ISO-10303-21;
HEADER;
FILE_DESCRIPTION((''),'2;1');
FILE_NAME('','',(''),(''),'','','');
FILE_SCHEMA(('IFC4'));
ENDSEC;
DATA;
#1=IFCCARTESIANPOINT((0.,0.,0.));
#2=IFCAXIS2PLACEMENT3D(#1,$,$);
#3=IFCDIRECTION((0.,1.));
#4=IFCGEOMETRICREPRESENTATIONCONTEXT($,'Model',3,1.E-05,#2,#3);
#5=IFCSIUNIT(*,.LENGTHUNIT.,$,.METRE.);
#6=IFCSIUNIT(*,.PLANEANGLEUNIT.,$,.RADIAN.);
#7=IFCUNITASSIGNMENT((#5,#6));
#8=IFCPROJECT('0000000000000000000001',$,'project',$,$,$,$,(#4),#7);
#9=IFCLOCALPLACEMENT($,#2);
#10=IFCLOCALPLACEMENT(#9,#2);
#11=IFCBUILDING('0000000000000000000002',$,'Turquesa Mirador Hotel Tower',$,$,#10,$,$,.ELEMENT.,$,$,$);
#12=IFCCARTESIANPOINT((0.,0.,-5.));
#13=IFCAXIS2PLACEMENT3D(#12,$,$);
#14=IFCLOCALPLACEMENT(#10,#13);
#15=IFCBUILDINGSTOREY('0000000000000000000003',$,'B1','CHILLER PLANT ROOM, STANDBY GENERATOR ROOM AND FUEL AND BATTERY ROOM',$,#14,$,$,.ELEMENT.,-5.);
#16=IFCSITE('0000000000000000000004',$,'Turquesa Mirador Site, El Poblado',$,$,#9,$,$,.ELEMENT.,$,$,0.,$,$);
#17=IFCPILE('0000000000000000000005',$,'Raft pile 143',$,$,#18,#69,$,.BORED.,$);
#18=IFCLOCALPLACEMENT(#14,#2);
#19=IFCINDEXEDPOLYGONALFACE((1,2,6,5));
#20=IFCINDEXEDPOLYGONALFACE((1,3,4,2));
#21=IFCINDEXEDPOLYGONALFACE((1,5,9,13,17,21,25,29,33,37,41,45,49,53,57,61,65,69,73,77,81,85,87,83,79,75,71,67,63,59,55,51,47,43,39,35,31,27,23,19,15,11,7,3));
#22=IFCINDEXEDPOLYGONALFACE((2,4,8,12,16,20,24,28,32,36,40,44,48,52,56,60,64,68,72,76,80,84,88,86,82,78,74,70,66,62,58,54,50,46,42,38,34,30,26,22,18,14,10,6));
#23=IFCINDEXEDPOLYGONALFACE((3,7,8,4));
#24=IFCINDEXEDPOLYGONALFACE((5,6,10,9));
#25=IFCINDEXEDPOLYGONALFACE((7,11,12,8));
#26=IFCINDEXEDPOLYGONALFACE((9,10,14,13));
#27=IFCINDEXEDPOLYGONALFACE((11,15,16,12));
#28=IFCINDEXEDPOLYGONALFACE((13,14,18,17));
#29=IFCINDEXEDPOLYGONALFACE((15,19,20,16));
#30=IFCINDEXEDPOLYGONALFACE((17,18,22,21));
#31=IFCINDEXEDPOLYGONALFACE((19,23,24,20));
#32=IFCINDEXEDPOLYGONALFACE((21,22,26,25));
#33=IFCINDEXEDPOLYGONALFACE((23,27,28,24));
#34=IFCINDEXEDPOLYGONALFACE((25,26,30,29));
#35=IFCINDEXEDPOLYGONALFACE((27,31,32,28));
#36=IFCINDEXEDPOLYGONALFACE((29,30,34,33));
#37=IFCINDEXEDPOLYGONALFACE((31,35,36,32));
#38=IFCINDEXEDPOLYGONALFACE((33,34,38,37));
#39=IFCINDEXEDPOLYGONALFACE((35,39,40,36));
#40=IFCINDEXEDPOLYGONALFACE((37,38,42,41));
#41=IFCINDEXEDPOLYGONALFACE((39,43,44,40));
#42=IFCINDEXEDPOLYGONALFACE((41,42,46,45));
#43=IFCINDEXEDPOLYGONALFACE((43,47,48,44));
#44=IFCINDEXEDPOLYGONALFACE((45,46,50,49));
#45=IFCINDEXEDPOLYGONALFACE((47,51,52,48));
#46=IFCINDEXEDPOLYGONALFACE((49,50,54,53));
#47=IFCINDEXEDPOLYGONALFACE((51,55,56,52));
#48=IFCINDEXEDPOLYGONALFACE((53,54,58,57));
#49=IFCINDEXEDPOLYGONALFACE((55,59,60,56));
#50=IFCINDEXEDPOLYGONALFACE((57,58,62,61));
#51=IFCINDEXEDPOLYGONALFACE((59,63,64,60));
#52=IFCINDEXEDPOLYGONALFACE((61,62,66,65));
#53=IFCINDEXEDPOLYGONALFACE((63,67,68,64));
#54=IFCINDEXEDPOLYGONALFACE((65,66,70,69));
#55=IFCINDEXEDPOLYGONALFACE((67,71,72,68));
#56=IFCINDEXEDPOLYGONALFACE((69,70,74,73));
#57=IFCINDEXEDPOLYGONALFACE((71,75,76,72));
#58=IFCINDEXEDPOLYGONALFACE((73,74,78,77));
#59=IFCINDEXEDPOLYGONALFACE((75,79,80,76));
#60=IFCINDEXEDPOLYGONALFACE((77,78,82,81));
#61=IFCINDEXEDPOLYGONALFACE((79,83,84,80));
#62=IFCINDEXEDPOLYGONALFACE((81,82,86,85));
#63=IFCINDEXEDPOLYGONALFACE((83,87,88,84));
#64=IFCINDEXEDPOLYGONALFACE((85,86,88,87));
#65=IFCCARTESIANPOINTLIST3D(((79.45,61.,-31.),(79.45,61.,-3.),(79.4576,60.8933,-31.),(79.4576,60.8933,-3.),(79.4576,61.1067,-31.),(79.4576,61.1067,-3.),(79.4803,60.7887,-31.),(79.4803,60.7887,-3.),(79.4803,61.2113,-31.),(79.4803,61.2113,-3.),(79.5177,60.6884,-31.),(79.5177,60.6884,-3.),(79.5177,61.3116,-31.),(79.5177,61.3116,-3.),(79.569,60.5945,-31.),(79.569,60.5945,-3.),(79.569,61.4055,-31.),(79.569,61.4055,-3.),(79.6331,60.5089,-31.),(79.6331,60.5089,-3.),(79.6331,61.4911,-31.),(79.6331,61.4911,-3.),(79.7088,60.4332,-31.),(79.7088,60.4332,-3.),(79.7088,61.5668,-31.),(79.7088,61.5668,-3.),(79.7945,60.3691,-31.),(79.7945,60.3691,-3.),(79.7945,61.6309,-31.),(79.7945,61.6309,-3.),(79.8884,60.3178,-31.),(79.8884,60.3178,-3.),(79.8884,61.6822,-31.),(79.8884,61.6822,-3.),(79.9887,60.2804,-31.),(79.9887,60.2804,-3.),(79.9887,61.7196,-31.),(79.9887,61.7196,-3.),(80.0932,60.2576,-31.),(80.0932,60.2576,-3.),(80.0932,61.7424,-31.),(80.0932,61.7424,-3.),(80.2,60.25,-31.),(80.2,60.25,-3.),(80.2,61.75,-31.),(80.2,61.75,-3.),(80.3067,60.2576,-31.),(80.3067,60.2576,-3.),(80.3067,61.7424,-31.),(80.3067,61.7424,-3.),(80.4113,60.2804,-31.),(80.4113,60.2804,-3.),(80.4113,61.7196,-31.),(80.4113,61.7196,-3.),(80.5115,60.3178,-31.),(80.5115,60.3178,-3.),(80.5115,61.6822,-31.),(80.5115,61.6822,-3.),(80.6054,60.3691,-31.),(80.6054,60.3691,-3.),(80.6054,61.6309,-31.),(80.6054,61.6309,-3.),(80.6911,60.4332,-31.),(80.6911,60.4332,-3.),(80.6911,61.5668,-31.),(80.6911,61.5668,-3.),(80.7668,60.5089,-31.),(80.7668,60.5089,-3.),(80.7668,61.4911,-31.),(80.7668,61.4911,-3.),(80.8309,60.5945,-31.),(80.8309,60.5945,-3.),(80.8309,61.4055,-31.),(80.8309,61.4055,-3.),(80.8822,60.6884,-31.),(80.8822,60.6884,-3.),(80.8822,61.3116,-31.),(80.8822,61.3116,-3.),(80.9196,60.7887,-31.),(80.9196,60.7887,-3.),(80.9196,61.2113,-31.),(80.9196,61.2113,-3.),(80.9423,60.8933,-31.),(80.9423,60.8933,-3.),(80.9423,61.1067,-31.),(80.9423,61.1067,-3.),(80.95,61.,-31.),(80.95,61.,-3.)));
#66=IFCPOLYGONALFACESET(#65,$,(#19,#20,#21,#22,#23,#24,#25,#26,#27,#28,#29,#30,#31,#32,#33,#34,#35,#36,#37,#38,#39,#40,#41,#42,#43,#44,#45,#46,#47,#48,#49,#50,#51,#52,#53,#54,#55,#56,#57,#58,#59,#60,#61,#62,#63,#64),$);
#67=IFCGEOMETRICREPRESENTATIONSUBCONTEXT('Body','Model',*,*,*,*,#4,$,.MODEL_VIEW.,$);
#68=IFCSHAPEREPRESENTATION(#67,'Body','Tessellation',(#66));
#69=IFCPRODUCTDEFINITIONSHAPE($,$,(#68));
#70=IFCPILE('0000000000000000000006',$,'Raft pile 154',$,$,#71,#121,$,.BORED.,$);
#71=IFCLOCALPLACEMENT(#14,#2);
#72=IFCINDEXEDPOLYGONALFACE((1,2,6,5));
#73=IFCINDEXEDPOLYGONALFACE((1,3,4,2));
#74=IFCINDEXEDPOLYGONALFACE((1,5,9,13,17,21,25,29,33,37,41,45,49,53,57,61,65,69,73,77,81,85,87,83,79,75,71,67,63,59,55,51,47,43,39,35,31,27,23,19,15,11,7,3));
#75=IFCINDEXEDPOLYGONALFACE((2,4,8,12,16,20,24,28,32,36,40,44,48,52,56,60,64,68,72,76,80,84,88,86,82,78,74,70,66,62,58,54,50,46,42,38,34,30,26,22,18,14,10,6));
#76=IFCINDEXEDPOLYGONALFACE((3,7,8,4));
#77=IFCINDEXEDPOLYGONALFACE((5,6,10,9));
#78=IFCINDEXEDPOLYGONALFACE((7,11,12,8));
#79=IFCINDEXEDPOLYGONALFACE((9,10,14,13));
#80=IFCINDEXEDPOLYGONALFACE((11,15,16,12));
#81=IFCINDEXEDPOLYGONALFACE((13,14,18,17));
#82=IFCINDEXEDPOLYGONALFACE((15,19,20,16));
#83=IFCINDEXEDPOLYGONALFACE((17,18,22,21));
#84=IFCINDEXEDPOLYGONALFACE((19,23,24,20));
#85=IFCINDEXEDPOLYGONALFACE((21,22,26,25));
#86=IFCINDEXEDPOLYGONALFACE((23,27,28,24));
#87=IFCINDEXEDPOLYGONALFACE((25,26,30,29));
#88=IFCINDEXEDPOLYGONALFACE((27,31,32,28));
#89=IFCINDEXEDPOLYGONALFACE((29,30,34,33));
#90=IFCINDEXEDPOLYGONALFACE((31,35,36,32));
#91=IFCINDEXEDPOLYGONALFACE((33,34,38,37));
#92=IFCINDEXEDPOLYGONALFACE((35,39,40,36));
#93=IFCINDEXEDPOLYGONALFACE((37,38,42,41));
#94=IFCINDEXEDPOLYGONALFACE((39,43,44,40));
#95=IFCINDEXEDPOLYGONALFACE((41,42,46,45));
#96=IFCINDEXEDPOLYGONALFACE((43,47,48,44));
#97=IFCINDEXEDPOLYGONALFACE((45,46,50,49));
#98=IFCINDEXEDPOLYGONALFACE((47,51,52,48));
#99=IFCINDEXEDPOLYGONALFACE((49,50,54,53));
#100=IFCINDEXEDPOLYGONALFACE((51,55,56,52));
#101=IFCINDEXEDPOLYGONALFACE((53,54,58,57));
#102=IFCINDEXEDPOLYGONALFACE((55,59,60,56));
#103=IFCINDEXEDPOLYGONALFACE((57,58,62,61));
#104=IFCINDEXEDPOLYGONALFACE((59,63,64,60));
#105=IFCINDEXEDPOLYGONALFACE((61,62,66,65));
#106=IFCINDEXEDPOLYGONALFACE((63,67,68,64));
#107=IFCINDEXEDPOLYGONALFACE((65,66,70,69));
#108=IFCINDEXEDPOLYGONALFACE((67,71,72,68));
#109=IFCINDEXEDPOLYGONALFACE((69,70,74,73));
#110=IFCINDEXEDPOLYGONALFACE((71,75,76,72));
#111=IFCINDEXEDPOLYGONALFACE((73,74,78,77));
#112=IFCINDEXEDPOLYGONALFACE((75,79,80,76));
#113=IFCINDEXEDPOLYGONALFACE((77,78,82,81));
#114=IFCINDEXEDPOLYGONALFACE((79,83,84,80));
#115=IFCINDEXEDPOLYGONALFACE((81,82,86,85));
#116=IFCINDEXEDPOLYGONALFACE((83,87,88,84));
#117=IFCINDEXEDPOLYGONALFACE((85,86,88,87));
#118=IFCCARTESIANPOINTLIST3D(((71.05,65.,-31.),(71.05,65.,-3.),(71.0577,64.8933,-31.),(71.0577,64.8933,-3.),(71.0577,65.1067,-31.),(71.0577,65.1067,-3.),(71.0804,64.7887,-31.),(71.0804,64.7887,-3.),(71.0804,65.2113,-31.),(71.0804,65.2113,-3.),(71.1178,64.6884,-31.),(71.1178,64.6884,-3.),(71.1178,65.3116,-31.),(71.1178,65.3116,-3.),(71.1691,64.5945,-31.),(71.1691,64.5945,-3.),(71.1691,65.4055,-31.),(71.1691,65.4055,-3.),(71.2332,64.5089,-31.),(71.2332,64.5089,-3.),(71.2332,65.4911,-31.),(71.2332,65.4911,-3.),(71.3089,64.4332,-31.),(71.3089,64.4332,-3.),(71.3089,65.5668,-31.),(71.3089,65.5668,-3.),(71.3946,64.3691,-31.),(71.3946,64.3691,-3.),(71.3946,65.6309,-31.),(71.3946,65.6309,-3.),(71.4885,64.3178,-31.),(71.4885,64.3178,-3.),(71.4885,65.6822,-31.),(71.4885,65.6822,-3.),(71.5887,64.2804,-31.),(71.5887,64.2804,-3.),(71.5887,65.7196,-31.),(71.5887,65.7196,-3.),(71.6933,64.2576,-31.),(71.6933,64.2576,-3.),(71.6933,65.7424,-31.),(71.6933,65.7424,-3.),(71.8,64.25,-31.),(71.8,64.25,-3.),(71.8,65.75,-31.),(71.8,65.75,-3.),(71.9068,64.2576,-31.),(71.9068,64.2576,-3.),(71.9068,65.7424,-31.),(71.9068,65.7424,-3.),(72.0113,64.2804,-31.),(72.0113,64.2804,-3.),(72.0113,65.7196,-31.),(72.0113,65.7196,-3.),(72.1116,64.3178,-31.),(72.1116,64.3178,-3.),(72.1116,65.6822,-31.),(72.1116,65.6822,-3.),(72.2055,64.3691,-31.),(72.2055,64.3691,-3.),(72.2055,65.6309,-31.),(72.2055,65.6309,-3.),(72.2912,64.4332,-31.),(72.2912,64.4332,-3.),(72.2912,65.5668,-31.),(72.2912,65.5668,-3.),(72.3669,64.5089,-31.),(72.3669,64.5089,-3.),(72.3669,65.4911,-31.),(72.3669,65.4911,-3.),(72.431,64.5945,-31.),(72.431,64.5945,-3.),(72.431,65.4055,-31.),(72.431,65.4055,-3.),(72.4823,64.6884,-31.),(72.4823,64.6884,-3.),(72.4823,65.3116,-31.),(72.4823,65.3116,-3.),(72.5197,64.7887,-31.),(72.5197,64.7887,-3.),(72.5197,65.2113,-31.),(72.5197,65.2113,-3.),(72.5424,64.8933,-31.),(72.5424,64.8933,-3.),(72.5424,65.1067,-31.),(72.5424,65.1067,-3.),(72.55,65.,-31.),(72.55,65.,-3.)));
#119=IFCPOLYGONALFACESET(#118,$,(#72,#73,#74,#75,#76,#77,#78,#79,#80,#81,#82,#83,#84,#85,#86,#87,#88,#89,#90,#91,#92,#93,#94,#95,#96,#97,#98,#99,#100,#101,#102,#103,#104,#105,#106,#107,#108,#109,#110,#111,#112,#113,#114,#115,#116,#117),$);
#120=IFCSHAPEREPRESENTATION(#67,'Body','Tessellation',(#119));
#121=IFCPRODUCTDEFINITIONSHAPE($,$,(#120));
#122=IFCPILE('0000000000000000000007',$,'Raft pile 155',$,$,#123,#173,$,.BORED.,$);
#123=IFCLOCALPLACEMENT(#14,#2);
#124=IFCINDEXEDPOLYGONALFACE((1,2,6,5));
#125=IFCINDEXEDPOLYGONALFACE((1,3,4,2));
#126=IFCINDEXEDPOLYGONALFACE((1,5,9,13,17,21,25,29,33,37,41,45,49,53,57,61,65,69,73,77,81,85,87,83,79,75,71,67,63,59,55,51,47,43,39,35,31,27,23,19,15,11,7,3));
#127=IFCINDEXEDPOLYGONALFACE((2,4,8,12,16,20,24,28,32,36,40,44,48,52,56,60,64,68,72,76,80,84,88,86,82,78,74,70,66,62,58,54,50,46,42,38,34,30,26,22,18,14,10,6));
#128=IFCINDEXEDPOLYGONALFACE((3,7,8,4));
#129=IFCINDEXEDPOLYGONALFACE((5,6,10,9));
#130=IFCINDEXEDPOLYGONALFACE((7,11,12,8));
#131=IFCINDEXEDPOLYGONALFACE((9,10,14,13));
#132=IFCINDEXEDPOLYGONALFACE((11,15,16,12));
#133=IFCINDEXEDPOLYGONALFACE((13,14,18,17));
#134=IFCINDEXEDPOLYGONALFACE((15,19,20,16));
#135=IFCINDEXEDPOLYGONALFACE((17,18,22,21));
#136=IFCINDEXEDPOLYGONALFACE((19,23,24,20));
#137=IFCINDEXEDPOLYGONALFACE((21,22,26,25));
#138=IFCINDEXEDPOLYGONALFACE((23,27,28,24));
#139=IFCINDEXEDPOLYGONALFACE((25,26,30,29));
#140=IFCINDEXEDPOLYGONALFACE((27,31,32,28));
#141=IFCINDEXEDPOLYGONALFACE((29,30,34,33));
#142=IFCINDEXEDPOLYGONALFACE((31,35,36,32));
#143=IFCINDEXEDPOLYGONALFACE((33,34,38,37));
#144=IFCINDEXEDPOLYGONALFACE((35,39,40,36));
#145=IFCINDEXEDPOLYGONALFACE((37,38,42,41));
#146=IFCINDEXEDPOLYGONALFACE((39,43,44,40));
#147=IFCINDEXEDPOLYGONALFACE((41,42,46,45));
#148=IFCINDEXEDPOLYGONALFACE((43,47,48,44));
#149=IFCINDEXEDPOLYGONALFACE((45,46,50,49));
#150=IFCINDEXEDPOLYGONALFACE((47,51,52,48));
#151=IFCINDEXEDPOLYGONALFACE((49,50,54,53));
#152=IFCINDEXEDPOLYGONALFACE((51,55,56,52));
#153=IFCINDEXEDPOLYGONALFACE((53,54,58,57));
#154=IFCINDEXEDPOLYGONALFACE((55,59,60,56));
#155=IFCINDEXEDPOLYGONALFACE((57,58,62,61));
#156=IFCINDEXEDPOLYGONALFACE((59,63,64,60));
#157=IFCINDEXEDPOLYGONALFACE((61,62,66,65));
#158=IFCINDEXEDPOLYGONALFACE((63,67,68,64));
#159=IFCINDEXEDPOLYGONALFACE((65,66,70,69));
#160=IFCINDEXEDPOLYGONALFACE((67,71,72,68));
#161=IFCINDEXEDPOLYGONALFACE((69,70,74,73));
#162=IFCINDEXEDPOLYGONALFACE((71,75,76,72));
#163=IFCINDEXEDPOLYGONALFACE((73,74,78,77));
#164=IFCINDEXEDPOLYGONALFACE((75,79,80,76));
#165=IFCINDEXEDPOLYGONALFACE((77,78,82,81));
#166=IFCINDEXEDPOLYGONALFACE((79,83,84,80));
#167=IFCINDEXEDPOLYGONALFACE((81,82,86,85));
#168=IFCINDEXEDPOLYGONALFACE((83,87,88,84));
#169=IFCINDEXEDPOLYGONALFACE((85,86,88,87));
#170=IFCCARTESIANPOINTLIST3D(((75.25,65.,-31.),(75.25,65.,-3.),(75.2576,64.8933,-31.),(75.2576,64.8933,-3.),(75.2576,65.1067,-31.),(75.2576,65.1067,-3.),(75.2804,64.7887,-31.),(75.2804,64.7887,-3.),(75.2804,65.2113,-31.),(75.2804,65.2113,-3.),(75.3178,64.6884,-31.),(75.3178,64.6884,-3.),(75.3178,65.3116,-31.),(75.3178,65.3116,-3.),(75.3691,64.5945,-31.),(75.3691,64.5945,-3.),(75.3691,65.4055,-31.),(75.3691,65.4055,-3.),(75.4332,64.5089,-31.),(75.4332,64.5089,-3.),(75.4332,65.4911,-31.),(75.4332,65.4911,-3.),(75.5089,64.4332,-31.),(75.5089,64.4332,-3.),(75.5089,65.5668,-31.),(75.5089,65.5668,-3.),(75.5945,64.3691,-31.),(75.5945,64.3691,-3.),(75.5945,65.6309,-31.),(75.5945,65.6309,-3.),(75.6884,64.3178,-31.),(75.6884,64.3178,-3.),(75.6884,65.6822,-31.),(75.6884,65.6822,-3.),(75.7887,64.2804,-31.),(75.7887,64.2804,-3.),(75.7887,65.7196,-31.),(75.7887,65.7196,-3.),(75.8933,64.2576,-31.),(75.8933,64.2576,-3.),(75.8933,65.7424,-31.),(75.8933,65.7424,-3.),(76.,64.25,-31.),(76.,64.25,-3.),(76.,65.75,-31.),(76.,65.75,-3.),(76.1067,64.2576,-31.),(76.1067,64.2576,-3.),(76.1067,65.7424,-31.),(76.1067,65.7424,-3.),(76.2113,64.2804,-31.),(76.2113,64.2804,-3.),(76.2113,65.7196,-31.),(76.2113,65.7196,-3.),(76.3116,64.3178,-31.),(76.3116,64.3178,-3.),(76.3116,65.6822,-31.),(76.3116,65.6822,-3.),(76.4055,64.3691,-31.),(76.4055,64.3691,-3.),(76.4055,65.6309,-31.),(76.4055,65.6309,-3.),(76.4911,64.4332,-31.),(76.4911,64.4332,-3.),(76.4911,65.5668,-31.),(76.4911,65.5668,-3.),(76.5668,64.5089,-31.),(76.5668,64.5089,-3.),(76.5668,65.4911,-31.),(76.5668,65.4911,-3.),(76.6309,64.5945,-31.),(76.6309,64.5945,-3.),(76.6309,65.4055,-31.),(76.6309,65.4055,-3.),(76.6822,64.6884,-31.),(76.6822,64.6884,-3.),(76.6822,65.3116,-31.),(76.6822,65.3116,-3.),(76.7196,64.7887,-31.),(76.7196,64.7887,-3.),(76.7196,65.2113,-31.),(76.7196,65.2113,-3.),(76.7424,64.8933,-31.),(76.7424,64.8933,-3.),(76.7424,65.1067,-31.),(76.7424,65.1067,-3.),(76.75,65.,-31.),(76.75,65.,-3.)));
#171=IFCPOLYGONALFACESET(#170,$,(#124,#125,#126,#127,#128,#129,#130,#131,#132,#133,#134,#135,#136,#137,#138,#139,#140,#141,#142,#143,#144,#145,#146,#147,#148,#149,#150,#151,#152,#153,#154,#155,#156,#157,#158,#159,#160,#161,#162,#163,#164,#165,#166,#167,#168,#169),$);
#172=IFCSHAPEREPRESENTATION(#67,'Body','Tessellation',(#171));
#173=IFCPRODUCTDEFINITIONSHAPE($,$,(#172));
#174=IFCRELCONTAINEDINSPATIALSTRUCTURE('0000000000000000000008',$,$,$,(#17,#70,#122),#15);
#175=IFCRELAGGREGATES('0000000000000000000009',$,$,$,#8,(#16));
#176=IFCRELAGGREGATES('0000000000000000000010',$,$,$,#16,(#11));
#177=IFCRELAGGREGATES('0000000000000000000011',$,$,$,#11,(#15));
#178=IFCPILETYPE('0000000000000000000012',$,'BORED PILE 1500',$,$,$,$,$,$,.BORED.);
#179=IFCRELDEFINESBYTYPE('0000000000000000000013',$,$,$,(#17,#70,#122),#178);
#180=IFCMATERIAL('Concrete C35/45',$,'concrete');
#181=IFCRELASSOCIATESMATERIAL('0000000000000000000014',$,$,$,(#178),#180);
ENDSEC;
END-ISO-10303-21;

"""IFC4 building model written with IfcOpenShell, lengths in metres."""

from ifc_helpers import new_model, si_unit, direction, frame, origin, origin_2d, place, context, subcontext, project, spatial, circle, extrude, material, type_object, element, save


model = new_model("IFC4")

# Units and contexts
model_context = context("Model", 3, precision=1e-05, world=origin(), true_north=direction((0.0, 1.0)))
body_context = subcontext(model_context, "Body", "Model", "MODEL_VIEW")
ifc_project = project(units=[si_unit("LENGTHUNIT", "METRE"), si_unit("PLANEANGLEUNIT", "RADIAN")], contexts=[model_context])

# Site, building, storey
site_placement = place(None, origin())
site = spatial("IfcSite", under=ifc_project, at=site_placement, Name="Turquesa Mirador Site, El Poblado", CompositionType="ELEMENT", RefElevation=0.0)
building_placement = place(site_placement, origin())
building = spatial("IfcBuilding", under=site, at=building_placement, Name="Turquesa Mirador Hotel Tower", CompositionType="ELEMENT")
storey_placement = place(building_placement, frame((0.0, 0.0, -5.0)))
storey = spatial("IfcBuildingStorey", under=building, at=storey_placement, Name="B1", Description="CHILLER PLANT ROOM, STANDBY GENERATOR ROOM AND FUEL AND BATTERY ROOM", CompositionType="ELEMENT", Elevation=-5.0)

# Piles
ifc_material_1 = material(Name="Concrete C35/45", Category="concrete")
pile_type_1 = type_object("IfcPileType", Name="BORED PILE 1500", PredefinedType="BORED", material=ifc_material_1)
for number, where, z_axis, x_axis, name in (
    (1, (80.2, 61.0, -3.0), (0.0, 0.0, -1.0), (1.0, 0.0, 0.0), "Raft pile 143"),
    (2, (71.8, 65.0, -3.0), (0.0, 0.0, -1.0), (1.0, 0.0, 0.0), "Raft pile 154"),
    (3, (76.0, 65.0, -3.0), (0.0, 0.0, -1.0), (1.0, 0.0, 0.0), "Raft pile 155"),
):
    element("IfcPile", number, at=place(storey_placement, frame(where, z_axis=z_axis, x_axis=x_axis)), inside=storey, type_object=pile_type_1, Name=name, PredefinedType="BORED", context=body_context, shape_type="SweptSolid", body=[
        extrude(circle(Radius=0.75, at=origin_2d()), origin(), (0.0, 0.0, 1.0), 28.0),
    ])

save(model, "model.ifc")
